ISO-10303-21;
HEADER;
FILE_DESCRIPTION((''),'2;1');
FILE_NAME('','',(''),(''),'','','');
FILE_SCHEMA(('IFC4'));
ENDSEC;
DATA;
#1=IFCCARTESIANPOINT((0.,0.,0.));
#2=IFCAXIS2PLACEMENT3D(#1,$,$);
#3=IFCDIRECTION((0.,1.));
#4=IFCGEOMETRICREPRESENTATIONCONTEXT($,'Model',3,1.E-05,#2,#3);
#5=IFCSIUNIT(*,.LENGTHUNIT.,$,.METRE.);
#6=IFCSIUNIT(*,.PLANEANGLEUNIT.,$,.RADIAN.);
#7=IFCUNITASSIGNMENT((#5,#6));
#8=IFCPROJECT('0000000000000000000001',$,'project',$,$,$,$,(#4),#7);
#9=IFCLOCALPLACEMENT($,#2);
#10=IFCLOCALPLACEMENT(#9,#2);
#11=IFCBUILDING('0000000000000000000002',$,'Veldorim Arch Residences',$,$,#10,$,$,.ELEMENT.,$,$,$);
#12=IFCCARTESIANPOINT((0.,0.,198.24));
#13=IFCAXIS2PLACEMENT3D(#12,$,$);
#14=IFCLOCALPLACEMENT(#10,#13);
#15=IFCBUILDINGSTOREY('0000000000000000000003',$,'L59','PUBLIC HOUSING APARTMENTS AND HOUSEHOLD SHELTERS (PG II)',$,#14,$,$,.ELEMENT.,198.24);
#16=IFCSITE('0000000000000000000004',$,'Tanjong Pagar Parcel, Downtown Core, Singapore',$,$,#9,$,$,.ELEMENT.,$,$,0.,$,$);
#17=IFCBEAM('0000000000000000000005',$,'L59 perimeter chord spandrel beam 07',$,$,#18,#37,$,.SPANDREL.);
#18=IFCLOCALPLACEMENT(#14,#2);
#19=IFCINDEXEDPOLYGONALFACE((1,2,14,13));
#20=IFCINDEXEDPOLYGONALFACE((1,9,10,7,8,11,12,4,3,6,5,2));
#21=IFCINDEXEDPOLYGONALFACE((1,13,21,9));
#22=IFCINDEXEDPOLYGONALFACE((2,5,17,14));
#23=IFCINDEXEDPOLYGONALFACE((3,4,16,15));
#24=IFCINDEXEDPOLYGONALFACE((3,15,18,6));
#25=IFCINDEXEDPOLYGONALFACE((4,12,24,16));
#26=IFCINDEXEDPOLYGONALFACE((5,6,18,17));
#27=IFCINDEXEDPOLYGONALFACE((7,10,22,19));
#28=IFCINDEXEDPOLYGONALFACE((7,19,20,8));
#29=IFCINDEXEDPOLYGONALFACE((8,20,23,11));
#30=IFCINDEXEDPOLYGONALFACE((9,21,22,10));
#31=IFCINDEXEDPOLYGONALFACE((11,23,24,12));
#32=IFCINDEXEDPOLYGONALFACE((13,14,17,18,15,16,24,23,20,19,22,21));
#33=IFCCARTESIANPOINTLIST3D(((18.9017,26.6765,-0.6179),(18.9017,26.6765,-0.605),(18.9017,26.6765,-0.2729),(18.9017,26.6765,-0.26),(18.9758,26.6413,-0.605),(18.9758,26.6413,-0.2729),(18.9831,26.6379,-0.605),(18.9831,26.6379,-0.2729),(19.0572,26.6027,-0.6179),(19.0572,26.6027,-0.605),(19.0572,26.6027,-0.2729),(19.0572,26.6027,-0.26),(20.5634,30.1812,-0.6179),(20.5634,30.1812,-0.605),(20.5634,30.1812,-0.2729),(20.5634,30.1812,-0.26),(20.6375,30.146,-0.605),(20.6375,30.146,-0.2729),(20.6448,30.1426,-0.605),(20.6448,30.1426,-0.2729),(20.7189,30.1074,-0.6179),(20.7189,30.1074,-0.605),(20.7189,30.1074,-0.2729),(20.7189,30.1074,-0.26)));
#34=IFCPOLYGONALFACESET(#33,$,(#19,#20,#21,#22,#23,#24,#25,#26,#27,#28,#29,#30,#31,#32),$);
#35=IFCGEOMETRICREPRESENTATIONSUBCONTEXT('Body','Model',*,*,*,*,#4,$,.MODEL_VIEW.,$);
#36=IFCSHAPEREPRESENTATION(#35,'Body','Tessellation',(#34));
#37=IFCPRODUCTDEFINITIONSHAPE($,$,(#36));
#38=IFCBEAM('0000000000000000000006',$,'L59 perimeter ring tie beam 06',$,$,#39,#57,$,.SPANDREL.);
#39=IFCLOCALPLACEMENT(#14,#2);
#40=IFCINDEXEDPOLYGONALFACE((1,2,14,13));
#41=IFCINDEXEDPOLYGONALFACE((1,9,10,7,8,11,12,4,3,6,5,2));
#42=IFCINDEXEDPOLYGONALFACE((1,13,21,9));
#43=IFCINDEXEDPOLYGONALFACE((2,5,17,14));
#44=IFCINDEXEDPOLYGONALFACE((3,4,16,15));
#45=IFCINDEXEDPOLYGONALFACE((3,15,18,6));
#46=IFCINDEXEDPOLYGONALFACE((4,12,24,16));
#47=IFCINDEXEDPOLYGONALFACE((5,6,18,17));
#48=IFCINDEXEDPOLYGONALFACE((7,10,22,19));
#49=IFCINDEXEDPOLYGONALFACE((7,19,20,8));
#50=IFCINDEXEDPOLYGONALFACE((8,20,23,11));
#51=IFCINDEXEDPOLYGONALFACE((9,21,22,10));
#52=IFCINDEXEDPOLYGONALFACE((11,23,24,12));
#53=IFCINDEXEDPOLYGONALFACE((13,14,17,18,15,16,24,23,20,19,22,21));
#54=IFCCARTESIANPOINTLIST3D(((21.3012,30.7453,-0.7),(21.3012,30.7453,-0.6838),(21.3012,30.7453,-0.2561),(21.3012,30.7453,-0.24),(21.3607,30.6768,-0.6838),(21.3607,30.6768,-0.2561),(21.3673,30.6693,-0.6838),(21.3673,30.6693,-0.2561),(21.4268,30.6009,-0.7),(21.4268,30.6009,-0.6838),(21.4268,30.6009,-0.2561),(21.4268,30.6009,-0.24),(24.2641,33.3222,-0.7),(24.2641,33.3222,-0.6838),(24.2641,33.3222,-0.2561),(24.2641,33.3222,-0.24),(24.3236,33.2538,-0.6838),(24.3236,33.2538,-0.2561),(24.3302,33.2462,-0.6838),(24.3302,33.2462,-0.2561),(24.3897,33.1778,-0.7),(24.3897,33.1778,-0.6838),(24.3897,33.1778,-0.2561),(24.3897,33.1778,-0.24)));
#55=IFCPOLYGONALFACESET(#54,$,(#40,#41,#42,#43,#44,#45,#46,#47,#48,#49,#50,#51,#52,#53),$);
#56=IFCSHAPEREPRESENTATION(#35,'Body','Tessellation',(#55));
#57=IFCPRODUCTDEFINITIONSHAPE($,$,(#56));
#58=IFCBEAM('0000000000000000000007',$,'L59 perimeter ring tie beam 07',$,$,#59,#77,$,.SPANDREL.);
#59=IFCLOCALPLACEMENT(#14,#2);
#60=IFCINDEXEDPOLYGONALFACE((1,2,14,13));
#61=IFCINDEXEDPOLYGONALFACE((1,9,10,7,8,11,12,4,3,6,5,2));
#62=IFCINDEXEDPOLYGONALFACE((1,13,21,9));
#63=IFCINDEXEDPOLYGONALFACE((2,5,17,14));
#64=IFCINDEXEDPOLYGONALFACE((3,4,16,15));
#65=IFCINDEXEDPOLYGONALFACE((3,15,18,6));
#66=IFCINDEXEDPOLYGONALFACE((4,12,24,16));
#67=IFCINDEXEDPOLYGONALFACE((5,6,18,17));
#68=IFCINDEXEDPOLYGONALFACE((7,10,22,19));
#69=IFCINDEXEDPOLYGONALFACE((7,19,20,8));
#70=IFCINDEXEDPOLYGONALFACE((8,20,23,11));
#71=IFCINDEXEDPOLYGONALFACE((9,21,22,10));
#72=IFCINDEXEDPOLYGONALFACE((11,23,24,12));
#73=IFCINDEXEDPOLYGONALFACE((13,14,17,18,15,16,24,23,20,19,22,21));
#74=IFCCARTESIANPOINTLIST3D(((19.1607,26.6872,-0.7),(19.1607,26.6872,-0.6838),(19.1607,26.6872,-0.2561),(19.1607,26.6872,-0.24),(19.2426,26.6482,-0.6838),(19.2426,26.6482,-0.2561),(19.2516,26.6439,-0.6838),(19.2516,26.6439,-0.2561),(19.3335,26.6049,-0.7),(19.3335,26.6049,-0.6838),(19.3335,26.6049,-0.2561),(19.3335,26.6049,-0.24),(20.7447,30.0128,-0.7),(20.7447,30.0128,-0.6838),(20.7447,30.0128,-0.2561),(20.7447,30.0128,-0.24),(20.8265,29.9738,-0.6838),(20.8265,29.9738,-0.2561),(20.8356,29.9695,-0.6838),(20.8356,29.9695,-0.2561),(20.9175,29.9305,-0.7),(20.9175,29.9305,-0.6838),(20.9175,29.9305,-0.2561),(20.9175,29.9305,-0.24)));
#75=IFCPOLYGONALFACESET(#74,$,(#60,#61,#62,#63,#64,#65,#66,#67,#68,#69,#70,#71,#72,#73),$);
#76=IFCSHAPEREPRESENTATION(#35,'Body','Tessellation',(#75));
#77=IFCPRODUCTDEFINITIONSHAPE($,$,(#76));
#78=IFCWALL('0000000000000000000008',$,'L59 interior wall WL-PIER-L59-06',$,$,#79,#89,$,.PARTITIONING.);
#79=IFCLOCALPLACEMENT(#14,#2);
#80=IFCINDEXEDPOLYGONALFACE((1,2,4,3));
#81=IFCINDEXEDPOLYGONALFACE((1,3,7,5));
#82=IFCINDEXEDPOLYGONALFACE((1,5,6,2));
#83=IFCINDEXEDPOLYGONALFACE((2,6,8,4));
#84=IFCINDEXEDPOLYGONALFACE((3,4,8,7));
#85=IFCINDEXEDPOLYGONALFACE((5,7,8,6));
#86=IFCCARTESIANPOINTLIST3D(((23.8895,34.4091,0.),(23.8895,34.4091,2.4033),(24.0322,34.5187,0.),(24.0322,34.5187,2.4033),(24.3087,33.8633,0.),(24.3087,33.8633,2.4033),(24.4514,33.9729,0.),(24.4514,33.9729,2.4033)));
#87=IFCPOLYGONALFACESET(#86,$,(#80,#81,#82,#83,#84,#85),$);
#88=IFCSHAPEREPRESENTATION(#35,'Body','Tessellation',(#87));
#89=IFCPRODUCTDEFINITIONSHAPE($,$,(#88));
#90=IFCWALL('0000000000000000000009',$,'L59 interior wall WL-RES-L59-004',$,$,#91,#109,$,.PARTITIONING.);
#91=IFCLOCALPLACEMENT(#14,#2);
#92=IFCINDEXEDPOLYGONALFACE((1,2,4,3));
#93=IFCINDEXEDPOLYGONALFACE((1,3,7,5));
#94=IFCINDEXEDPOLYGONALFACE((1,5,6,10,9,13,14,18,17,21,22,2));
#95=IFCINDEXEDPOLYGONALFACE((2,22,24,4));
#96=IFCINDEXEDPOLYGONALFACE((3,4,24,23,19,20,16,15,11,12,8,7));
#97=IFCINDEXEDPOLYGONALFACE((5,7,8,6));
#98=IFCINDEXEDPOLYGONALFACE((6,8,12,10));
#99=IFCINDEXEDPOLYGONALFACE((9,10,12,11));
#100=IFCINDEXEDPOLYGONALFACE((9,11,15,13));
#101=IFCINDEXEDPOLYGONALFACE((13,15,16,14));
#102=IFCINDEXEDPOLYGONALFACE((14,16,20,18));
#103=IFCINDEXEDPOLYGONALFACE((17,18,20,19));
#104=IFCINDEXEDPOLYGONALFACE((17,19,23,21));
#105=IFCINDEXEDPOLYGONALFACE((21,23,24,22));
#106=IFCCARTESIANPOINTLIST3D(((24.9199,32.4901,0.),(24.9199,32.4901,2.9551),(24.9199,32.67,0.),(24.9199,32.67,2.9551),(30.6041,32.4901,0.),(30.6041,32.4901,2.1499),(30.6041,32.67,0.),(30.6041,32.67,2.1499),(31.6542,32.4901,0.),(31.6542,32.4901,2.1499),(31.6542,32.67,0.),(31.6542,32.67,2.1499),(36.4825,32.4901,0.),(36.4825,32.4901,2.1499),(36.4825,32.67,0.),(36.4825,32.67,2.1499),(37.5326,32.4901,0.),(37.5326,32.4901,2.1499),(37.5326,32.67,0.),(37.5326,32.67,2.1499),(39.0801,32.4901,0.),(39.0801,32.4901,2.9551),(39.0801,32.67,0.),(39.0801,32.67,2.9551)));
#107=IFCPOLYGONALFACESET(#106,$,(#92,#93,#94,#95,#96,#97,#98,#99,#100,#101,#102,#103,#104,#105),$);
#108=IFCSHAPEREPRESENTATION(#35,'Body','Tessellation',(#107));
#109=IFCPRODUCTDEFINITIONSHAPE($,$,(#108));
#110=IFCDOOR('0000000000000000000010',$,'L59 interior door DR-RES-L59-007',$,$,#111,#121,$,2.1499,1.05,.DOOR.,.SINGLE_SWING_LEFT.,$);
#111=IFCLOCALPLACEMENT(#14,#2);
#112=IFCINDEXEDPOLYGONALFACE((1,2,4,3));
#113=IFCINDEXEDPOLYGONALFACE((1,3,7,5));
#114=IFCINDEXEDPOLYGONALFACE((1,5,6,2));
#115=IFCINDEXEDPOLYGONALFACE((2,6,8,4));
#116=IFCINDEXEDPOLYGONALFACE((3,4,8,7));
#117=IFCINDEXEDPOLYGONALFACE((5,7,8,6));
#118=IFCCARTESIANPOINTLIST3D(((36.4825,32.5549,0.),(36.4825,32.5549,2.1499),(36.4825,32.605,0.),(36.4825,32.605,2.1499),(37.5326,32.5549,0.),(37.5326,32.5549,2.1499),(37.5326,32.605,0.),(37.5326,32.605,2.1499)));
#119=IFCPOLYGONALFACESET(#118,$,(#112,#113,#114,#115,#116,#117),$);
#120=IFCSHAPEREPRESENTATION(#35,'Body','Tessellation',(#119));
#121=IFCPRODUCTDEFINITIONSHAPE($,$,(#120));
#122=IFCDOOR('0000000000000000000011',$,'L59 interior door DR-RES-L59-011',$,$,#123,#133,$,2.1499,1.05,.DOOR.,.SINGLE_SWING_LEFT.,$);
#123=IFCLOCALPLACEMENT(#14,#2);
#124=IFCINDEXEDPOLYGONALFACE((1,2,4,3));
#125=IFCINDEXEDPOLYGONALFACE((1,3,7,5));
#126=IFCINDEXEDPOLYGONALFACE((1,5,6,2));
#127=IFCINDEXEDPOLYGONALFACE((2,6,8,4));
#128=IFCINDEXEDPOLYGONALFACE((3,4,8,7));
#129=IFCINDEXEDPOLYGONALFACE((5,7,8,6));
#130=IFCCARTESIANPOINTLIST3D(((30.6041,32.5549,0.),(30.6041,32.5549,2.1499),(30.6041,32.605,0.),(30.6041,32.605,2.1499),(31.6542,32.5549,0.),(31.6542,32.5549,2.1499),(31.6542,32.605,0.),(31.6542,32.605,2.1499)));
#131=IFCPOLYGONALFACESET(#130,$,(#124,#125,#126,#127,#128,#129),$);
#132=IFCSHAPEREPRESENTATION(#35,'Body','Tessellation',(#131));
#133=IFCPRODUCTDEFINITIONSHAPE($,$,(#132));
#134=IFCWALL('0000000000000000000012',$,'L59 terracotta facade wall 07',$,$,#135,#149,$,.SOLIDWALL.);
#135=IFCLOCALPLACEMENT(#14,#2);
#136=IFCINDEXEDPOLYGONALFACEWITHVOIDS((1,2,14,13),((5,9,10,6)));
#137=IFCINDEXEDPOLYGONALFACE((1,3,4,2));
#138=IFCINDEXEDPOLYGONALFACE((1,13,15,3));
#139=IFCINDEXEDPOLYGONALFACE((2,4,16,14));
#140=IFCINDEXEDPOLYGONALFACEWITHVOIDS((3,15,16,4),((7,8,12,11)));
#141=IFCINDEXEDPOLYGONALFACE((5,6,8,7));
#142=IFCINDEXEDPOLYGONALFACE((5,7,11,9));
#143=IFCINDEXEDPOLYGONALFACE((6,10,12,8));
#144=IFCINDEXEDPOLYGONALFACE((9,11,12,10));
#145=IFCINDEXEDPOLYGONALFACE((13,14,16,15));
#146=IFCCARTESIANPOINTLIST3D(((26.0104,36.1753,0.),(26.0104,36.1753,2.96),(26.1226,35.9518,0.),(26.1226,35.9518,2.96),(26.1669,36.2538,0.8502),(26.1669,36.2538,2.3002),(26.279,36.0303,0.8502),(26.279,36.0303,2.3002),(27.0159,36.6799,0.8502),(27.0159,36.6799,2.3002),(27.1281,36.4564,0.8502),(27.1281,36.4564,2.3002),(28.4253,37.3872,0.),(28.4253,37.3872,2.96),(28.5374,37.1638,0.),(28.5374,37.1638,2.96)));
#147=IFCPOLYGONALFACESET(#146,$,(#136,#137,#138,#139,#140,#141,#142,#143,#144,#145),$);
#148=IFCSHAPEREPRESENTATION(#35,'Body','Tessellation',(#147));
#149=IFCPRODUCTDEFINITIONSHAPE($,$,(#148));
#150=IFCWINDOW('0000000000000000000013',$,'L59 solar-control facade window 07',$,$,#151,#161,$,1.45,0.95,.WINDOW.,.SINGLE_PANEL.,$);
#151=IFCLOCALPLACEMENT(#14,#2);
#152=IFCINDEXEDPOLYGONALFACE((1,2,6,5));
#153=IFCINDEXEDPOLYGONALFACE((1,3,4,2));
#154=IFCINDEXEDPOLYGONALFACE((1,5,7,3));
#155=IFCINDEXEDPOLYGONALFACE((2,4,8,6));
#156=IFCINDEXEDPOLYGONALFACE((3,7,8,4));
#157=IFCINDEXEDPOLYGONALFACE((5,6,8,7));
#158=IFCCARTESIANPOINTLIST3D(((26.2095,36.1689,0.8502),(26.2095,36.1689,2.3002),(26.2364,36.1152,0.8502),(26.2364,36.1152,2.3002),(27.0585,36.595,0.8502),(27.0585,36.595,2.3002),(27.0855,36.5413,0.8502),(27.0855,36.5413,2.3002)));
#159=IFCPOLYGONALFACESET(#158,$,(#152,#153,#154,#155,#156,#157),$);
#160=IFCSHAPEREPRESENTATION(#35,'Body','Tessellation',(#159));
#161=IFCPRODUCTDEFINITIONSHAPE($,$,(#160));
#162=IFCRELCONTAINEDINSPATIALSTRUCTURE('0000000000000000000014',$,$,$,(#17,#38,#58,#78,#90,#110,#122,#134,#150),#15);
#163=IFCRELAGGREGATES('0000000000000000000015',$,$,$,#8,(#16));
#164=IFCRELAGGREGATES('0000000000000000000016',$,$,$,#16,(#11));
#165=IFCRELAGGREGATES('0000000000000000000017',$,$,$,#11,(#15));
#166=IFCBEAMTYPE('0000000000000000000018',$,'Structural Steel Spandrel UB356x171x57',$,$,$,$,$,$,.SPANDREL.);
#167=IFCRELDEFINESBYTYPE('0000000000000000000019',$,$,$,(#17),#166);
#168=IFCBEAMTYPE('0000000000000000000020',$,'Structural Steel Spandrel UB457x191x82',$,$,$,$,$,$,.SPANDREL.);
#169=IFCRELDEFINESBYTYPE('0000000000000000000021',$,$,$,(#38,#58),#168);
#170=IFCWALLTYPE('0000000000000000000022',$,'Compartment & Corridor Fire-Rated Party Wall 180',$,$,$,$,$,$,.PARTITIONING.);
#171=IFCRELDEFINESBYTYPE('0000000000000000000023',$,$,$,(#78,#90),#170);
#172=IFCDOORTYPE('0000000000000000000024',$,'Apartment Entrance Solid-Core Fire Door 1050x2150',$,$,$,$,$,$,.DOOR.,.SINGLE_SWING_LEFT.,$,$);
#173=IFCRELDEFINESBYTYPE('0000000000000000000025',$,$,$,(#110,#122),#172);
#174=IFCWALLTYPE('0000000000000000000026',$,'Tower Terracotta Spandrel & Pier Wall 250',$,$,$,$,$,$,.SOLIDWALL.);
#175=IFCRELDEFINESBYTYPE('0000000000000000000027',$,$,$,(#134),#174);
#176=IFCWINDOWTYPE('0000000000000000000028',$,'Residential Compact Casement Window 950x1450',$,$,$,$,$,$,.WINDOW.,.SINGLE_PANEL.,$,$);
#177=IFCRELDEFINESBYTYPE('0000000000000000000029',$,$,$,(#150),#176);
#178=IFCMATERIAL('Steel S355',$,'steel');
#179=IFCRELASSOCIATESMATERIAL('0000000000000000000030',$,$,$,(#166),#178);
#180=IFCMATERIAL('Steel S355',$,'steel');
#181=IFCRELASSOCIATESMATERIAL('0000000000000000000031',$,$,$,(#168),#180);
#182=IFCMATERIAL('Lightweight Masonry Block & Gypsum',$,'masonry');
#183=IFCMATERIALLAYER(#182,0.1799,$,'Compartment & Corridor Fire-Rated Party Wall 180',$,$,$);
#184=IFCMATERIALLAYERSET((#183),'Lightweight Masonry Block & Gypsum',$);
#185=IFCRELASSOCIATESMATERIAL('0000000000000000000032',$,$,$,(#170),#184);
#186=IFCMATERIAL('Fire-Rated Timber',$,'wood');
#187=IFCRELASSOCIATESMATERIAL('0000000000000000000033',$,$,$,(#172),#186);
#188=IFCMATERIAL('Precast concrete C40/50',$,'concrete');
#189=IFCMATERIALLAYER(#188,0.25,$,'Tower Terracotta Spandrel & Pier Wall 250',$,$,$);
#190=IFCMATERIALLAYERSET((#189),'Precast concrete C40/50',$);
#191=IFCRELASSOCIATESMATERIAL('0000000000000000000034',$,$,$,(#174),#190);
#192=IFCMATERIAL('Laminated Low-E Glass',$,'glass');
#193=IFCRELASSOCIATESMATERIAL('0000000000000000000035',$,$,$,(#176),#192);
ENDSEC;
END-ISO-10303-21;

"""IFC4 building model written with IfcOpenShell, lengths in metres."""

from ifc_helpers import new_model, si_unit, direction, frame, frame_2d, origin, origin_2d, place, context, subcontext, project, spatial, rectangle, i_section, extrude, material, layer, layer_set, material_profile, profile_set, type_object, element, fill, save


model = new_model("IFC4")

# Units and contexts
model_context = context("Model", 3, precision=1e-05, world=origin(), true_north=direction((0.0, 1.0)))
body_context = subcontext(model_context, "Body", "Model", "MODEL_VIEW")
ifc_project = project(units=[si_unit("LENGTHUNIT", "METRE"), si_unit("PLANEANGLEUNIT", "RADIAN")], contexts=[model_context])

# Site, building, storey
site_placement = place(None, origin())
site = spatial("IfcSite", under=ifc_project, at=site_placement, Name="Tanjong Pagar Parcel, Downtown Core, Singapore", CompositionType="ELEMENT", RefElevation=0.0)
building_placement = place(site_placement, origin())
building = spatial("IfcBuilding", under=site, at=building_placement, Name="Veldorim Arch Residences", CompositionType="ELEMENT")
storey_placement = place(building_placement, frame((0.0, 0.0, 198.24)))
storey = spatial("IfcBuildingStorey", under=building, at=storey_placement, Name="L59", Description="PUBLIC HOUSING APARTMENTS AND HOUSEHOLD SHELTERS (PG II)", CompositionType="ELEMENT", Elevation=198.24)

# Beams
ifc_material_1 = material(Name="Steel S355", Category="steel")
ifc_material_profile_1 = material_profile(ifc_material_1, i_section(OverallWidth=0.1721, OverallDepth=0.3579, WebThickness=0.0081, FlangeThickness=0.0129, at=origin_2d()), Name="UB356x171x57")
ifc_profile_set_1 = profile_set([ifc_material_profile_1], Name="Steel S355")
beam_type_1 = type_object("IfcBeamType", Name="Structural Steel Spandrel UB356x171x57", PredefinedType="SPANDREL", material=ifc_profile_set_1)
beam_1_placement = place(storey_placement, frame((20.6411, 30.1443, -0.439), z_axis=(-0.428408, -0.903585, 0.0), x_axis=(0.903585, -0.428408, 0.0)))
element("IfcBeam", 1, at=beam_1_placement, inside=storey, type_object=beam_type_1, Name="L59 perimeter chord spandrel beam 07", PredefinedType="SPANDREL", context=body_context, shape_type="SweptSolid", body=[
    extrude(i_section(OverallWidth=0.1721, OverallDepth=0.3579, WebThickness=0.0081, FlangeThickness=0.0129, at=origin_2d()), origin(), (0.0, 0.0, 1.0), 3.8787),
])
ifc_material_2 = material(Name="Steel S355", Category="steel")
ifc_material_profile_2 = material_profile(ifc_material_2, i_section(OverallWidth=0.1914, OverallDepth=0.46, WebThickness=0.01, FlangeThickness=0.0161, at=origin_2d()), Name="UB457x191x82")
ifc_profile_set_2 = profile_set([ifc_material_profile_2], Name="Steel S355")
beam_type_2 = type_object("IfcBeamType", Name="Structural Steel Spandrel UB457x191x82", PredefinedType="SPANDREL", material=ifc_profile_set_2)
beam_2_placement = place(storey_placement, frame((24.3269, 33.25, -0.47), z_axis=(-0.754545, -0.656248, 0.0), x_axis=(0.656248, -0.754545, 0.0)))
element("IfcBeam", 2, at=beam_2_placement, inside=storey, type_object=beam_type_2, Name="L59 perimeter ring tie beam 06", PredefinedType="SPANDREL", context=body_context, shape_type="SweptSolid", body=[
    extrude(i_section(OverallWidth=0.1914, OverallDepth=0.46, WebThickness=0.01, FlangeThickness=0.0161, at=origin_2d()), origin(), (0.0, 0.0, 1.0), 3.9268),
])
beam_3_placement = place(storey_placement, frame((20.8311, 29.9717, -0.47), z_axis=(-0.430006, -0.902826, 0.0), x_axis=(0.902826, -0.430006, 0.0)))
element("IfcBeam", 3, at=beam_3_placement, inside=storey, type_object=beam_type_2, Name="L59 perimeter ring tie beam 07", PredefinedType="SPANDREL", context=body_context, shape_type="SweptSolid", body=[
    extrude(i_section(OverallWidth=0.1914, OverallDepth=0.46, WebThickness=0.01, FlangeThickness=0.0161, at=origin_2d()), origin(), (0.0, 0.0, 1.0), 3.6836),
])

# Wall
ifc_material_3 = material(Name="Lightweight Masonry Block & Gypsum", Category="masonry")
ifc_layer_1 = layer(ifc_material_3, 0.1799, Name="Compartment & Corridor Fire-Rated Party Wall 180")
ifc_layer_set_1 = layer_set([ifc_layer_1], Name="Lightweight Masonry Block & Gypsum")
wall_type_1 = type_object("IfcWallType", Name="Compartment & Corridor Fire-Rated Party Wall 180", PredefinedType="PARTITIONING", material=ifc_layer_set_1)
wall_1_placement = place(storey_placement, frame((24.3801, 33.918, 0.0), z_axis=(0.0, 0.0, 1.0), x_axis=(-0.609042, 0.793138, 0.0)))
element("IfcWall", 4, at=wall_1_placement, inside=storey, type_object=wall_type_1, Name="L59 interior wall WL-PIER-L59-06", PredefinedType="PARTITIONING", context=body_context, shape_type="SweptSolid", body=[
    extrude(rectangle(XDim=0.6882, YDim=0.1799, at=frame_2d((0.3442, 0.0))), origin(), (0.0, 0.0, 1.0), 2.4033),
])

# Wall, openings, doors
wall_2_placement = place(storey_placement, frame((24.9199, 32.5801, 0.0), z_axis=(0.0, 0.0, 1.0), x_axis=(1.0, 0.0, 0.0)))
wall_2 = element("IfcWall", 5, at=wall_2_placement, inside=storey, type_object=wall_type_1, Name="L59 interior wall WL-RES-L59-004", PredefinedType="PARTITIONING", context=body_context, shape_type="SweptSolid", body=[
    extrude(rectangle(XDim=14.1602, YDim=0.1799, at=frame_2d((7.0801, 0.0))), origin(), (0.0, 0.0, 1.0), 2.9551),
])
opening_1_placement = place(wall_2_placement, frame((11.5627, 0.0, 0.0)))
opening_1 = element("IfcOpeningElement", 6, at=opening_1_placement, cuts=wall_2, PredefinedType="OPENING", context=body_context, shape_type="SweptSolid", body=[
    extrude(rectangle(XDim=1.05, YDim=2.1499, at=frame_2d((0.5249, 1.075))), frame((0.0, 0.0999, 0.0), z_axis=(0.0, -1.0, 0.0), x_axis=(1.0, 0.0, 0.0)), (0.0, 0.0, 1.0), 0.2),
])
opening_2_placement = place(wall_2_placement, frame((5.6843, 0.0, 0.0)))
opening_2 = element("IfcOpeningElement", 7, at=opening_2_placement, cuts=wall_2, PredefinedType="OPENING", context=body_context, shape_type="SweptSolid", body=[
    extrude(rectangle(XDim=1.05, YDim=2.1499, at=frame_2d((0.5249, 1.075))), frame((0.0, 0.0999, 0.0), z_axis=(0.0, -1.0, 0.0), x_axis=(1.0, 0.0, 0.0)), (0.0, 0.0, 1.0), 0.2),
])
ifc_material_4 = material(Name="Fire-Rated Timber", Category="wood")
door_type_1 = type_object("IfcDoorType", Name="Apartment Entrance Solid-Core Fire Door 1050x2150", OperationType="SINGLE_SWING_LEFT", PredefinedType="DOOR", material=ifc_material_4)
door_1_placement = place(opening_1_placement, origin())
door_1 = element("IfcDoor", 8, at=door_1_placement, inside=storey, type_object=door_type_1, Name="L59 interior door DR-RES-L59-007", OperationType="SINGLE_SWING_LEFT", OverallHeight=2.1499, OverallWidth=1.05, PredefinedType="DOOR", context=body_context, shape_type="SweptSolid", body=[
    extrude(rectangle(XDim=1.05, YDim=2.1499, at=frame_2d((0.5249, 1.075))), frame((0.0, 0.0249, 0.0), z_axis=(0.0, -1.0, 0.0), x_axis=(1.0, 0.0, 0.0)), (0.0, 0.0, 1.0), 0.05),
])
fill(opening_1, door_1)
door_2_placement = place(opening_2_placement, origin())
door_2 = element("IfcDoor", 9, at=door_2_placement, inside=storey, type_object=door_type_1, Name="L59 interior door DR-RES-L59-011", OperationType="SINGLE_SWING_LEFT", OverallHeight=2.1499, OverallWidth=1.05, PredefinedType="DOOR", context=body_context, shape_type="SweptSolid", body=[
    extrude(rectangle(XDim=1.05, YDim=2.1499, at=frame_2d((0.5249, 1.075))), frame((0.0, 0.0249, 0.0), z_axis=(0.0, -1.0, 0.0), x_axis=(1.0, 0.0, 0.0)), (0.0, 0.0, 1.0), 0.05),
])
fill(opening_2, door_2)

# Wall, opening, window
ifc_material_5 = material(Name="Precast concrete C40/50", Category="concrete")
ifc_layer_2 = layer(ifc_material_5, 0.25, Name="Tower Terracotta Spandrel & Pier Wall 250")
ifc_layer_set_2 = layer_set([ifc_layer_2], Name="Precast concrete C40/50")
wall_type_2 = type_object("IfcWallType", Name="Tower Terracotta Spandrel & Pier Wall 250", PredefinedType="SOLIDWALL", material=ifc_layer_set_2)
wall_3_placement = place(storey_placement, frame((26.0664, 36.0635, 0.0), z_axis=(0.0, 0.0, 1.0), x_axis=(0.893758, 0.44855, 0.0)))
wall_3 = element("IfcWall", 10, at=wall_3_placement, inside=storey, type_object=wall_type_2, Name="L59 terracotta facade wall 07", PredefinedType="SOLIDWALL", context=body_context, shape_type="SweptSolid", body=[
    extrude(rectangle(XDim=2.7019, YDim=0.25, at=frame_2d((1.3511, 0.0))), origin(), (0.0, 0.0, 1.0), 2.96),
])
opening_3_placement = place(wall_3_placement, frame((0.175, 0.0, 0.8501)))
opening_3 = element("IfcOpeningElement", 11, at=opening_3_placement, cuts=wall_3, PredefinedType="OPENING", context=body_context, shape_type="SweptSolid", body=[
    extrude(rectangle(XDim=0.95, YDim=1.45, at=frame_2d((0.4751, 0.7251))), frame((0.0, 0.135, 0.0), z_axis=(0.0, -1.0, 0.0), x_axis=(1.0, 0.0, 0.0)), (0.0, 0.0, 1.0), 0.27),
])
ifc_material_6 = material(Name="Laminated Low-E Glass", Category="glass")
window_type_1 = type_object("IfcWindowType", Name="Residential Compact Casement Window 950x1450", PartitioningType="SINGLE_PANEL", PredefinedType="WINDOW", material=ifc_material_6)
window_1_placement = place(opening_3_placement, origin())
window_1 = element("IfcWindow", 12, at=window_1_placement, inside=storey, type_object=window_type_1, Name="L59 solar-control facade window 07", OverallHeight=1.45, OverallWidth=0.95, PartitioningType="SINGLE_PANEL", PredefinedType="WINDOW", context=body_context, shape_type="SweptSolid", body=[
    extrude(rectangle(XDim=0.95, YDim=1.45, at=frame_2d((0.4751, 0.7251))), frame((0.0, 0.03, 0.0), z_axis=(0.0, -1.0, 0.0), x_axis=(1.0, 0.0, 0.0)), (0.0, 0.0, 1.0), 0.0601),
])
fill(opening_3, window_1)

save(model, "model.ifc")
